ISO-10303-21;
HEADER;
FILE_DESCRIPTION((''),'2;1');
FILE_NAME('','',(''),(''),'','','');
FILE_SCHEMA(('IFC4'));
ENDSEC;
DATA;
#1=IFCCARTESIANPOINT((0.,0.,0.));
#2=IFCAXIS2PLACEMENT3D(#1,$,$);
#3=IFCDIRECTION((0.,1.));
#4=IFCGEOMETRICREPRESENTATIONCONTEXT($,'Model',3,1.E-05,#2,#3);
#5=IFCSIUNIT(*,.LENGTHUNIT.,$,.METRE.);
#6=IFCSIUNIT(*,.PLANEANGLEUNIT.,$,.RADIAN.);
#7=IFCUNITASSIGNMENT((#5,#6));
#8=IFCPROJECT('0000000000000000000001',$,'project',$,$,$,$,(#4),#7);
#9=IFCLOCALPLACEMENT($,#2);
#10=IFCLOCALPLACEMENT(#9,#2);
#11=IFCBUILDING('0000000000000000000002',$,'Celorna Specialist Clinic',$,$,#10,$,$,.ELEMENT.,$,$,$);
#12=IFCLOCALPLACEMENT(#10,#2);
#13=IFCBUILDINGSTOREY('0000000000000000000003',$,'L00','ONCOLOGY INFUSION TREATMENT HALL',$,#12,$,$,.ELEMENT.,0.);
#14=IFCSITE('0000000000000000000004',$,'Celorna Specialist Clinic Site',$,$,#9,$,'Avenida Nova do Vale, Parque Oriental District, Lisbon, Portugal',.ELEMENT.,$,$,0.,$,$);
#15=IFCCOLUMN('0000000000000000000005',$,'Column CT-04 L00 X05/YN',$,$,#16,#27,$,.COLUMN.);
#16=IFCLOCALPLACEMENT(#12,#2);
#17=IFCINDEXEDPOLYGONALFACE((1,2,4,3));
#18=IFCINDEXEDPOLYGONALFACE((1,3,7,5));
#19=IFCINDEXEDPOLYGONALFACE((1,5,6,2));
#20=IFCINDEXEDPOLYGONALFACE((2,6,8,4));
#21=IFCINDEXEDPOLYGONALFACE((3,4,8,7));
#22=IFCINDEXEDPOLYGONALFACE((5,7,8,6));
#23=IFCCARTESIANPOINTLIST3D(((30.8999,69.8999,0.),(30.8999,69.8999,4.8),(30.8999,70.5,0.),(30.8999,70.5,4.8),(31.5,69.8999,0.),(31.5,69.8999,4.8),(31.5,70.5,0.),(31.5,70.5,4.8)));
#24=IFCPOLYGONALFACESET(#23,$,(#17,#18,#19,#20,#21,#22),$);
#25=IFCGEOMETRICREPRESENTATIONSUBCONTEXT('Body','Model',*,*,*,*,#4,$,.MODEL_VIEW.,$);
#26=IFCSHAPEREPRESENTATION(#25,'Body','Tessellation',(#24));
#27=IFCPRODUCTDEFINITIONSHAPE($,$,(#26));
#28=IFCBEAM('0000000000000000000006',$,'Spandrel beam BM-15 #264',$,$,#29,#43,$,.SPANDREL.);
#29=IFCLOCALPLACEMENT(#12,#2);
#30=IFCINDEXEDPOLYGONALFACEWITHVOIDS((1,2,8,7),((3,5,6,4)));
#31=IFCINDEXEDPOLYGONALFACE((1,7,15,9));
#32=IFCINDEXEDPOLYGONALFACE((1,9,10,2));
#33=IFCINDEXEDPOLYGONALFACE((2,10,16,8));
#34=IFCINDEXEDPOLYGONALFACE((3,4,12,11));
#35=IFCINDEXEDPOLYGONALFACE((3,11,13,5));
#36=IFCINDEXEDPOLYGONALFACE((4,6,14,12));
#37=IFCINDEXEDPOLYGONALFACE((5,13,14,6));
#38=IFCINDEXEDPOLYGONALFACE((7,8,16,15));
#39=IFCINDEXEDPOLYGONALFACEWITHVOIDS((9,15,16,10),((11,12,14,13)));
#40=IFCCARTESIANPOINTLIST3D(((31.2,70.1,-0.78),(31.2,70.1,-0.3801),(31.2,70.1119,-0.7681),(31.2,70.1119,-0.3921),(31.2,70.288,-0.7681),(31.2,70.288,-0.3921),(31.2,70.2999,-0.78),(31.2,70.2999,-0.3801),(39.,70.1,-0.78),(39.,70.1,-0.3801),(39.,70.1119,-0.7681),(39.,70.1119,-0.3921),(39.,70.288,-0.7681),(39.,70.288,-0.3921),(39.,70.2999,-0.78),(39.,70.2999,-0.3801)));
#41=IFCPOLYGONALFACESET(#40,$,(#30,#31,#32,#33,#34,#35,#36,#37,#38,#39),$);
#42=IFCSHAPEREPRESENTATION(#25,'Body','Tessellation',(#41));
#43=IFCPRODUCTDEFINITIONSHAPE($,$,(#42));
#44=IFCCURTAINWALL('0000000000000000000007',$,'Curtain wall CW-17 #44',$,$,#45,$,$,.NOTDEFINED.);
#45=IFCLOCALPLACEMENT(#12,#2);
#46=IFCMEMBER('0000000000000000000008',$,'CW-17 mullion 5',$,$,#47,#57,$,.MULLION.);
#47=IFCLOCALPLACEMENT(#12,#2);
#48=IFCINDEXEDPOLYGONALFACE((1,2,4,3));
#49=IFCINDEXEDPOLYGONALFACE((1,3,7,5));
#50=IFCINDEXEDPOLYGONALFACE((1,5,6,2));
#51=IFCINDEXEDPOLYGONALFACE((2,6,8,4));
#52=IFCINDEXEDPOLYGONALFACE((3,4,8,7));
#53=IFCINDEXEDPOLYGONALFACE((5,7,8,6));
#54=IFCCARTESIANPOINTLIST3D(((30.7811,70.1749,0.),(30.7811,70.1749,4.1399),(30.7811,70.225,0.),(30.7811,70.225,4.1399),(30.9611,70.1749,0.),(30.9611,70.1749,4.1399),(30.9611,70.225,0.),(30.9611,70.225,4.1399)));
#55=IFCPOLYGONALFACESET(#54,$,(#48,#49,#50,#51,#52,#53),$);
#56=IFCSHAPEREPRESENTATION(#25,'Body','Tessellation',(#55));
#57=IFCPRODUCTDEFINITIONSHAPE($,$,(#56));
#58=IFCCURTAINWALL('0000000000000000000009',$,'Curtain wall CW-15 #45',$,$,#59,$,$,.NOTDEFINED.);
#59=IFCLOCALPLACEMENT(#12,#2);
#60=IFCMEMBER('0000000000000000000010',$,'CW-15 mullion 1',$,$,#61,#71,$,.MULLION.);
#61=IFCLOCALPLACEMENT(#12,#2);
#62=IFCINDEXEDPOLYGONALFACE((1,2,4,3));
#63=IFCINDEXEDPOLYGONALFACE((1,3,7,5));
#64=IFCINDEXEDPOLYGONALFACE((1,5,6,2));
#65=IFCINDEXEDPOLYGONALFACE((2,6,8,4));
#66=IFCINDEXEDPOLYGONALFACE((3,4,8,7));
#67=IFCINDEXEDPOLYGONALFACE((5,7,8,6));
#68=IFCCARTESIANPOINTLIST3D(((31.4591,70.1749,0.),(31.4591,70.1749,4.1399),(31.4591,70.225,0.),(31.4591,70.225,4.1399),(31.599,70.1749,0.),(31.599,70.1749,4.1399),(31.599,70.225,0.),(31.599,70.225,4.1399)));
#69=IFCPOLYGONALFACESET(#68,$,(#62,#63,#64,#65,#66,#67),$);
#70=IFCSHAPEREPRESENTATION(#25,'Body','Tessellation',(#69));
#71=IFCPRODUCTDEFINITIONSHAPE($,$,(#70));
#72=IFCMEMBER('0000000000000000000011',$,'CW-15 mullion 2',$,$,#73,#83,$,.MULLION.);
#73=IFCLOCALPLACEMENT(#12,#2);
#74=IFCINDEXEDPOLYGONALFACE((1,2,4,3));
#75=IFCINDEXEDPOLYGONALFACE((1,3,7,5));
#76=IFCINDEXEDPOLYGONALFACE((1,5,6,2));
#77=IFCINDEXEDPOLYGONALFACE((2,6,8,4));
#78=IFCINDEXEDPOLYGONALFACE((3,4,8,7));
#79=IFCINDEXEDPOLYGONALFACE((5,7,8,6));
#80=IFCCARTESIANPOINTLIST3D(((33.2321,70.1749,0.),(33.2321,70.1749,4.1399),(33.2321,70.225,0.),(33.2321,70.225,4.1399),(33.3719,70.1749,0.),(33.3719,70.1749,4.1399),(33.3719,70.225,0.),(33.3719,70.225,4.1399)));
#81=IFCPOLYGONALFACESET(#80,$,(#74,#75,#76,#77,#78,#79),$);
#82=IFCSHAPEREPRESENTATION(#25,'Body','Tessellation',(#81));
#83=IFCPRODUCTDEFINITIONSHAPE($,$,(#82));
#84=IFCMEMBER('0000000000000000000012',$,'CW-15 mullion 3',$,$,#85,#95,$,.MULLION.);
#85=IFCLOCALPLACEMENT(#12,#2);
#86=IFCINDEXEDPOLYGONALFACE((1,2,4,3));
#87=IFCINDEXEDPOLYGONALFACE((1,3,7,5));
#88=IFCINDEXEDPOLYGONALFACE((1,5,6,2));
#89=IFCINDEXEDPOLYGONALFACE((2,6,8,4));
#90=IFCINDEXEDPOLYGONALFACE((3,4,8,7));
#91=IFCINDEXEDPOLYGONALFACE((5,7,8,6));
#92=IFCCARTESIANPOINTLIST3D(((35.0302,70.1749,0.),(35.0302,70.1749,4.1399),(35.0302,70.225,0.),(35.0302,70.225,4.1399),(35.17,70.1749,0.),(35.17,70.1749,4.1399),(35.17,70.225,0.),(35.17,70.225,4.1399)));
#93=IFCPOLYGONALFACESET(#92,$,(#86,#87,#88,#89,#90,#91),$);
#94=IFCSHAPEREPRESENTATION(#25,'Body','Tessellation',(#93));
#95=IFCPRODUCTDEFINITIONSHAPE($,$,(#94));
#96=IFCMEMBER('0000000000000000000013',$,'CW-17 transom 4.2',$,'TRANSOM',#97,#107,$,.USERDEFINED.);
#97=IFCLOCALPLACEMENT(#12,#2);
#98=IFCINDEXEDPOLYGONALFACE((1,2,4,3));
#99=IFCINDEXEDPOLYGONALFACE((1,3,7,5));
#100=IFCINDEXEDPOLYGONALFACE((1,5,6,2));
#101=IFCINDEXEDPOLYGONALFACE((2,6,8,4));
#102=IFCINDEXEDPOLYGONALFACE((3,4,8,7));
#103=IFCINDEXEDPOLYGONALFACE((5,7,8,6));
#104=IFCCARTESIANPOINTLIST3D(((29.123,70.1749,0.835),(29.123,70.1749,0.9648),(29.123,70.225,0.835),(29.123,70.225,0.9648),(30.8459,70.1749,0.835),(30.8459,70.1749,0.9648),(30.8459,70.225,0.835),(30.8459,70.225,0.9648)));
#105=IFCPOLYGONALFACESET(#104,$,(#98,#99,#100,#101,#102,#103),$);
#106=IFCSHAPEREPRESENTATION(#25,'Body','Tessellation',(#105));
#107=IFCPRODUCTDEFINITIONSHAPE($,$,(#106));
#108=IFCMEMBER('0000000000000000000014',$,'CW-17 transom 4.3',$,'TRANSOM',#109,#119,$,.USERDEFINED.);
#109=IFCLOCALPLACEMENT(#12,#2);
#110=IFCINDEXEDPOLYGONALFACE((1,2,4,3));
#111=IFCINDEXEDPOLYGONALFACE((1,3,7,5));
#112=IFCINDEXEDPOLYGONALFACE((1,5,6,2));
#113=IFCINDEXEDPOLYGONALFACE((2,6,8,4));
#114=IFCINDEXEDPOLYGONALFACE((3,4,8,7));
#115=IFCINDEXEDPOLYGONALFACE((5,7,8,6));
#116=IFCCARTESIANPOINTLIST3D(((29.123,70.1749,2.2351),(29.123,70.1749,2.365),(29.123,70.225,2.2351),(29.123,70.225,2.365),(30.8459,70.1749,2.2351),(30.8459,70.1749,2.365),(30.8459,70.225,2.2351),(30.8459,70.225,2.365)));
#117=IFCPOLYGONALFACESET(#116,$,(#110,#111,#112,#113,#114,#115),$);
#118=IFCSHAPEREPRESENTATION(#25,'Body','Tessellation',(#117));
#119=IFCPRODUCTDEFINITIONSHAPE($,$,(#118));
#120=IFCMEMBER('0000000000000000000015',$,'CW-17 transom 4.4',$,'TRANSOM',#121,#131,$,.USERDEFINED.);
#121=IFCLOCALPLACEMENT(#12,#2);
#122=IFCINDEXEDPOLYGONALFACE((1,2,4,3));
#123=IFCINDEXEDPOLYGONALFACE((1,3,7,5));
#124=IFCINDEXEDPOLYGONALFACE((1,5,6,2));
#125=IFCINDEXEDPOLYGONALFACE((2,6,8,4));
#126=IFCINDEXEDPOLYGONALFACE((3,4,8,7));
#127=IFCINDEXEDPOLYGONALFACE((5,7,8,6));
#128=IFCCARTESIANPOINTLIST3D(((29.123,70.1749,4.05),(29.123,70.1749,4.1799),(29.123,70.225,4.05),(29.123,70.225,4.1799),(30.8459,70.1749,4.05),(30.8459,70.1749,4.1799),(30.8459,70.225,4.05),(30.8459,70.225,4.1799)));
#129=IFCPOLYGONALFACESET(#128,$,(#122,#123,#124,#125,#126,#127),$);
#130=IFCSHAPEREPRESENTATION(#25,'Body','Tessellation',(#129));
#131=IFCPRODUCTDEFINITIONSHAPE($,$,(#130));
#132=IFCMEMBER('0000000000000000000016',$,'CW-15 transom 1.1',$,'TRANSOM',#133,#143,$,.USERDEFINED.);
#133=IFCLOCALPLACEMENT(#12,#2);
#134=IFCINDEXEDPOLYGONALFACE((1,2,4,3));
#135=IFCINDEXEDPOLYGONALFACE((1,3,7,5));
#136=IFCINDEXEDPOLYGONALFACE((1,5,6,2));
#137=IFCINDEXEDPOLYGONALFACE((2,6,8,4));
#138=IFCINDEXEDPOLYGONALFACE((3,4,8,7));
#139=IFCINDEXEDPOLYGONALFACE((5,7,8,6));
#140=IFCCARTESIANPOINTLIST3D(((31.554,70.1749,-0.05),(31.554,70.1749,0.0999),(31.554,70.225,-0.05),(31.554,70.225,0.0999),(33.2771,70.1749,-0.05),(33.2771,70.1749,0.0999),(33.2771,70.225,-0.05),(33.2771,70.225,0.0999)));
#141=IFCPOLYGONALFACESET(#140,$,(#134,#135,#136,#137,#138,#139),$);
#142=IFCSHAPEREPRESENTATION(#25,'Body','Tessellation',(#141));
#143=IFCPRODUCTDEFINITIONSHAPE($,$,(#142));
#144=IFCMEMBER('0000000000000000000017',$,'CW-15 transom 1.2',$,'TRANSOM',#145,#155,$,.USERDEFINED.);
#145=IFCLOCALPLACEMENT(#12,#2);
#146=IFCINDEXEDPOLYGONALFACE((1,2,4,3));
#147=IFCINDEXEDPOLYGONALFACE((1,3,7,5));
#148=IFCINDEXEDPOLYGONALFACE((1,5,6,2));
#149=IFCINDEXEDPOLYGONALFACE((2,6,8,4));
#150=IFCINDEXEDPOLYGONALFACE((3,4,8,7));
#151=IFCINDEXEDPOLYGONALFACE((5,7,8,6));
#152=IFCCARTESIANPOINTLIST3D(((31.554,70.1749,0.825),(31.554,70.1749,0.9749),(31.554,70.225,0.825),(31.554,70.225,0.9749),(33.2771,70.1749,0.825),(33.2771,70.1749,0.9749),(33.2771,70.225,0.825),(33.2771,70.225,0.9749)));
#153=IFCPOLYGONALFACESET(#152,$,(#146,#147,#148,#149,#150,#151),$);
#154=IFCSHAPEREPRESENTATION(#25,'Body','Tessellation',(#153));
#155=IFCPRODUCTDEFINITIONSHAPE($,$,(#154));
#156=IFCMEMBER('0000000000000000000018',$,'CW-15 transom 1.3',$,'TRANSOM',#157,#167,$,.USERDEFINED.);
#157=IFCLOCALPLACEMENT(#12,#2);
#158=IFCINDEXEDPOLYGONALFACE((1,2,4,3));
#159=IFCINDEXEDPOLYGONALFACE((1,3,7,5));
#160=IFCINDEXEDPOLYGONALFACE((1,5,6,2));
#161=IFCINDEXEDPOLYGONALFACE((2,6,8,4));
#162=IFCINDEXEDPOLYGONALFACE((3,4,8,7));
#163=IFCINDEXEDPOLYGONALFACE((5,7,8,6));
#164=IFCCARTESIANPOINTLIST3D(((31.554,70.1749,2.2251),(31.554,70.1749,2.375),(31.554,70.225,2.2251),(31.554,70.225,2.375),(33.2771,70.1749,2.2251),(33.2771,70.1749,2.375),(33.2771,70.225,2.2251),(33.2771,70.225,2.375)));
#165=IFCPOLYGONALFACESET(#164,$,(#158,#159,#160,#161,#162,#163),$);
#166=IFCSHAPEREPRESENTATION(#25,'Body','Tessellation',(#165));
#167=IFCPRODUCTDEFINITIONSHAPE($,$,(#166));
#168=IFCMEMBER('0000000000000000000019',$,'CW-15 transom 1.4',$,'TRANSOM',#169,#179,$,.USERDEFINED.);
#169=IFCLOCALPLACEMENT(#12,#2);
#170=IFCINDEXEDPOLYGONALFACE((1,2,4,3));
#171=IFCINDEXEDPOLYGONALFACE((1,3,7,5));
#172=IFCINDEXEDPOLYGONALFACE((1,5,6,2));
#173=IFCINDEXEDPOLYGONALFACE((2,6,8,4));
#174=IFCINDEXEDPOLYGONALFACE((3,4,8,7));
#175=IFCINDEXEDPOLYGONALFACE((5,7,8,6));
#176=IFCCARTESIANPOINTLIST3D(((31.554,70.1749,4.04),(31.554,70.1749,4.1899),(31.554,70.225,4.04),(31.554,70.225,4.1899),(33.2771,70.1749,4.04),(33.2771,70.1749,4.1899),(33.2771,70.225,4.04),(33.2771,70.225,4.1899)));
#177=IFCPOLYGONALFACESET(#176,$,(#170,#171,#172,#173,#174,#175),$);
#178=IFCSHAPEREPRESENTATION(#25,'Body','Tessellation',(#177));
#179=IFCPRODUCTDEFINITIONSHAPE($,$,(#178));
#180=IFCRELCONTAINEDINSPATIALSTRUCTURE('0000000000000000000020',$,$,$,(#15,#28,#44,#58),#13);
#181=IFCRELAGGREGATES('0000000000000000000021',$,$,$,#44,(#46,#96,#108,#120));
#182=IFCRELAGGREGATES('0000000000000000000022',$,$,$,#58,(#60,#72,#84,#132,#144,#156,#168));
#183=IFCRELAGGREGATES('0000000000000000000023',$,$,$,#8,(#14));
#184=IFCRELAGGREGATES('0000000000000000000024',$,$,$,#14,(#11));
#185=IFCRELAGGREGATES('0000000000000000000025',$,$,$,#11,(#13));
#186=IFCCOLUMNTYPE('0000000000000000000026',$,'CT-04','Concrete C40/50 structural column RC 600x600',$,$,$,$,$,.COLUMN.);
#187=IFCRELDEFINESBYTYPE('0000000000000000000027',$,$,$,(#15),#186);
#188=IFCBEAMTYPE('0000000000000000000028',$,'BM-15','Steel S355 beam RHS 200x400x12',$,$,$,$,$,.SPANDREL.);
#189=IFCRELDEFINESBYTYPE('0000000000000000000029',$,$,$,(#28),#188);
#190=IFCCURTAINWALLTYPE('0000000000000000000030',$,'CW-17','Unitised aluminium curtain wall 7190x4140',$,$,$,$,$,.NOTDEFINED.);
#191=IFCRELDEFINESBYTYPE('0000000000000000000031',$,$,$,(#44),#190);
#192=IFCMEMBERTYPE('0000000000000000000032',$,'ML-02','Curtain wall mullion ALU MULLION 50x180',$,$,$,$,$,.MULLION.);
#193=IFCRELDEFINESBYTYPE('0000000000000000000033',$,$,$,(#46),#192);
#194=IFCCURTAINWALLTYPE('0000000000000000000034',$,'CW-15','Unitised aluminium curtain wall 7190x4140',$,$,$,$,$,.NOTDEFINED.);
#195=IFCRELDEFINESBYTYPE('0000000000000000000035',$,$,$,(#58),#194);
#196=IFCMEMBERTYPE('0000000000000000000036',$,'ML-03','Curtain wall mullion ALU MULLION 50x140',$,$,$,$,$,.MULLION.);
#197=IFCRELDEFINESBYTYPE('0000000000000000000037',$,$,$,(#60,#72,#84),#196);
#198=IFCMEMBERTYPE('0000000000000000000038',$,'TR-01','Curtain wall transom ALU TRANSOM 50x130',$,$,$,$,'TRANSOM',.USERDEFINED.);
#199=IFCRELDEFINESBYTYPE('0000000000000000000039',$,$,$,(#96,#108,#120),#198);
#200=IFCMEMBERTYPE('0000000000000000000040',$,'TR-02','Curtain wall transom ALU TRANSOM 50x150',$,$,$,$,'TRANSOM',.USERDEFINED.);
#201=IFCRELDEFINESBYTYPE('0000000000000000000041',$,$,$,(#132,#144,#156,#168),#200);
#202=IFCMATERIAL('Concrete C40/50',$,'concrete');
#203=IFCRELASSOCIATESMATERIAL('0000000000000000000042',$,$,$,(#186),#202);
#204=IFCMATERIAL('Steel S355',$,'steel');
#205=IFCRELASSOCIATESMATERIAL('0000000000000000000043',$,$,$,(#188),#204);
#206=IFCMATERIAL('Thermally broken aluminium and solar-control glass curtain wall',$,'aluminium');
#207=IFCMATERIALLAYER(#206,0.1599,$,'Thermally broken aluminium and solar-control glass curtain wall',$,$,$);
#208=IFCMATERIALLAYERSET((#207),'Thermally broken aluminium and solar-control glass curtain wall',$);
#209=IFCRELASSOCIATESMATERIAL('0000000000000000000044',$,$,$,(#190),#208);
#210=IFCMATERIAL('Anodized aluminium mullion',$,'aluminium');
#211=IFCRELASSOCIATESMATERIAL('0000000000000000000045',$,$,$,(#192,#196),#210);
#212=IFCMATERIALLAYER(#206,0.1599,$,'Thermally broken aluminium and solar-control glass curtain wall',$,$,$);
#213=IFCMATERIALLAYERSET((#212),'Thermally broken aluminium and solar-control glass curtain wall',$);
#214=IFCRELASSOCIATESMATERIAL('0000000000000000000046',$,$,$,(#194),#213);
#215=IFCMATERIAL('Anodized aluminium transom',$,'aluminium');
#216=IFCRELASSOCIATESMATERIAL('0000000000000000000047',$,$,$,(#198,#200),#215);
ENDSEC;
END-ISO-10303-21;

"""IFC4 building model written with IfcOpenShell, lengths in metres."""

from ifc_helpers import new_model, si_unit, direction, frame, origin, origin_2d, place, context, subcontext, project, spatial, rectangle, hollow_rectangle, extrude, material, layer, layer_set, material_profile, profile_set, type_object, element, aggregate, save


model = new_model("IFC4")

# Units and contexts
model_context = context("Model", 3, precision=1e-05, world=origin(), true_north=direction((0.0, 1.0)))
body_context = subcontext(model_context, "Body", "Model", "MODEL_VIEW")
ifc_project = project(units=[si_unit("LENGTHUNIT", "METRE"), si_unit("PLANEANGLEUNIT", "RADIAN")], contexts=[model_context])

# Site, building, storey
site_placement = place(None, origin())
site = spatial("IfcSite", under=ifc_project, at=site_placement, Name="Celorna Specialist Clinic Site", LongName="Avenida Nova do Vale, Parque Oriental District, Lisbon, Portugal", CompositionType="ELEMENT", RefElevation=0.0)
building_placement = place(site_placement, origin())
building = spatial("IfcBuilding", under=site, at=building_placement, Name="Celorna Specialist Clinic", CompositionType="ELEMENT")
storey_placement = place(building_placement, origin())
storey = spatial("IfcBuildingStorey", under=building, at=storey_placement, Name="L00", Description="ONCOLOGY INFUSION TREATMENT HALL", CompositionType="ELEMENT", Elevation=0.0)

# Column
ifc_material_1 = material(Name="Concrete C40/50", Category="concrete")
ifc_material_profile_1 = material_profile(ifc_material_1, rectangle(XDim=0.6001, YDim=0.6001, at=origin_2d()), Name="RC 600x600")
ifc_profile_set_1 = profile_set([ifc_material_profile_1], Name="Concrete C40/50")
column_type = type_object("IfcColumnType", Name="CT-04", Description="Concrete C40/50 structural column RC 600x600", PredefinedType="COLUMN", material=ifc_profile_set_1)
column_placement = place(storey_placement, frame((31.2, 70.2, 0.0), z_axis=(0.0, 0.0, 1.0), x_axis=(1.0, 0.0, 0.0)))
element("IfcColumn", 1, at=column_placement, inside=storey, type_object=column_type, Name="Column CT-04 L00 X05/YN", PredefinedType="COLUMN", context=body_context, shape_type="SweptSolid", body=[
    extrude(rectangle(XDim=0.6001, YDim=0.6001, at=origin_2d()), origin(), (0.0, 0.0, 1.0), 4.8),
])

# Beam
ifc_material_2 = material(Name="Steel S355", Category="steel")
ifc_material_profile_2 = material_profile(ifc_material_2, hollow_rectangle(XDim=0.2, YDim=0.3999, WallThickness=0.012, at=origin_2d()), Name="RHS 200x400x12")
ifc_profile_set_2 = profile_set([ifc_material_profile_2], Name="Steel S355")
beam_type = type_object("IfcBeamType", Name="BM-15", Description="Steel S355 beam RHS 200x400x12", PredefinedType="SPANDREL", material=ifc_profile_set_2)
beam_placement = place(storey_placement, frame((31.2, 70.2, -0.5801), z_axis=(1.0, 0.0, 0.0), x_axis=(0.0, 1.0, 0.0)))
element("IfcBeam", 2, at=beam_placement, inside=storey, type_object=beam_type, Name="Spandrel beam BM-15 #264", PredefinedType="SPANDREL", context=body_context, shape_type="SweptSolid", body=[
    extrude(hollow_rectangle(XDim=0.2, YDim=0.3999, WallThickness=0.012, at=origin_2d()), origin(), (0.0, 0.0, 1.0), 7.8),
])

# Curtain wall, member
ifc_material_3 = material(Name="Thermally broken aluminium and solar-control glass curtain wall", Category="aluminium")
ifc_layer_1 = layer(ifc_material_3, 0.1599, Name="Thermally broken aluminium and solar-control glass curtain wall")
ifc_layer_set_1 = layer_set([ifc_layer_1], Name="Thermally broken aluminium and solar-control glass curtain wall")
curtain_wall_type_1 = type_object("IfcCurtainWallType", Name="CW-17", Description="Unitised aluminium curtain wall 7190x4140", PredefinedType="NOTDEFINED", material=ifc_layer_set_1)
curtain_wall_1_placement = place(storey_placement, origin())
curtain_wall_1 = element("IfcCurtainWall", 3, at=curtain_wall_1_placement, inside=storey, type_object=curtain_wall_type_1, Name="Curtain wall CW-17 #44", PredefinedType="NOTDEFINED")
ifc_material_4 = material(Name="Anodized aluminium mullion", Category="aluminium")
ifc_material_profile_3 = material_profile(ifc_material_4, rectangle(XDim=0.05, YDim=0.1799, at=origin_2d()), Name="ALU MULLION 50x180")
ifc_profile_set_3 = profile_set([ifc_material_profile_3], Name="Anodized aluminium mullion")
member_type_1 = type_object("IfcMemberType", Name="ML-02", Description="Curtain wall mullion ALU MULLION 50x180", PredefinedType="MULLION", material=ifc_profile_set_3)
member_1_placement = place(storey_placement, frame((30.8711, 70.2, 0.0), z_axis=(0.0, 0.0, 1.0), x_axis=(0.0, 1.0, 0.0)))
member_1 = element("IfcMember", 4, at=member_1_placement, type_object=member_type_1, Name="CW-17 mullion 5", PredefinedType="MULLION", context=body_context, shape_type="SweptSolid", body=[
    extrude(rectangle(XDim=0.05, YDim=0.1799, at=origin_2d()), origin(), (0.0, 0.0, 1.0), 4.1399),
])

# Curtain wall, members
ifc_layer_2 = layer(ifc_material_3, 0.1599, Name="Thermally broken aluminium and solar-control glass curtain wall")
ifc_layer_set_2 = layer_set([ifc_layer_2], Name="Thermally broken aluminium and solar-control glass curtain wall")
curtain_wall_type_2 = type_object("IfcCurtainWallType", Name="CW-15", Description="Unitised aluminium curtain wall 7190x4140", PredefinedType="NOTDEFINED", material=ifc_layer_set_2)
curtain_wall_2_placement = place(storey_placement, origin())
curtain_wall_2 = element("IfcCurtainWall", 5, at=curtain_wall_2_placement, inside=storey, type_object=curtain_wall_type_2, Name="Curtain wall CW-15 #45", PredefinedType="NOTDEFINED")
ifc_material_profile_4 = material_profile(ifc_material_4, rectangle(XDim=0.05, YDim=0.1399, at=origin_2d()), Name="ALU MULLION 50x140")
ifc_profile_set_4 = profile_set([ifc_material_profile_4], Name="Anodized aluminium mullion")
member_type_2 = type_object("IfcMemberType", Name="ML-03", Description="Curtain wall mullion ALU MULLION 50x140", PredefinedType="MULLION", material=ifc_profile_set_4)
member_2_placement = place(storey_placement, frame((31.5291, 70.2, 0.0), z_axis=(0.0, 0.0, 1.0), x_axis=(0.0, 1.0, 0.0)))
member_2 = element("IfcMember", 6, at=member_2_placement, type_object=member_type_2, Name="CW-15 mullion 1", PredefinedType="MULLION", context=body_context, shape_type="SweptSolid", body=[
    extrude(rectangle(XDim=0.05, YDim=0.1399, at=origin_2d()), origin(), (0.0, 0.0, 1.0), 4.1399),
])
member_3_placement = place(storey_placement, frame((33.302, 70.2, 0.0), z_axis=(0.0, 0.0, 1.0), x_axis=(0.0, 1.0, 0.0)))
member_3 = element("IfcMember", 7, at=member_3_placement, type_object=member_type_2, Name="CW-15 mullion 2", PredefinedType="MULLION", context=body_context, shape_type="SweptSolid", body=[
    extrude(rectangle(XDim=0.05, YDim=0.1399, at=origin_2d()), origin(), (0.0, 0.0, 1.0), 4.1399),
])
member_4_placement = place(storey_placement, frame((35.1001, 70.2, 0.0), z_axis=(0.0, 0.0, 1.0), x_axis=(0.0, 1.0, 0.0)))
member_4 = element("IfcMember", 8, at=member_4_placement, type_object=member_type_2, Name="CW-15 mullion 3", PredefinedType="MULLION", context=body_context, shape_type="SweptSolid", body=[
    extrude(rectangle(XDim=0.05, YDim=0.1399, at=origin_2d()), origin(), (0.0, 0.0, 1.0), 4.1399),
])

# Members
ifc_material_5 = material(Name="Anodized aluminium transom", Category="aluminium")
ifc_material_profile_5 = material_profile(ifc_material_5, rectangle(XDim=0.05, YDim=0.1299, at=origin_2d()), Name="ALU TRANSOM 50x130")
ifc_profile_set_5 = profile_set([ifc_material_profile_5], Name="Anodized aluminium transom")
member_type_3 = type_object("IfcMemberType", Name="TR-01", Description="Curtain wall transom ALU TRANSOM 50x130", ElementType="TRANSOM", PredefinedType="USERDEFINED", material=ifc_profile_set_5)
member_5_placement = place(storey_placement, frame((29.123, 70.2, 0.8999), z_axis=(1.0, 0.0, 0.0), x_axis=(0.0, 1.0, 0.0)))
member_5 = element("IfcMember", 9, at=member_5_placement, type_object=member_type_3, Name="CW-17 transom 4.2", ObjectType="TRANSOM", PredefinedType="USERDEFINED", context=body_context, shape_type="SweptSolid", body=[
    extrude(rectangle(XDim=0.05, YDim=0.1299, at=origin_2d()), origin(), (0.0, 0.0, 1.0), 1.7229),
])
member_6_placement = place(storey_placement, frame((29.123, 70.2, 2.3), z_axis=(1.0, 0.0, 0.0), x_axis=(0.0, 1.0, 0.0)))
member_6 = element("IfcMember", 10, at=member_6_placement, type_object=member_type_3, Name="CW-17 transom 4.3", ObjectType="TRANSOM", PredefinedType="USERDEFINED", context=body_context, shape_type="SweptSolid", body=[
    extrude(rectangle(XDim=0.05, YDim=0.1299, at=origin_2d()), origin(), (0.0, 0.0, 1.0), 1.7229),
])
member_7_placement = place(storey_placement, frame((29.123, 70.2, 4.115), z_axis=(1.0, 0.0, 0.0), x_axis=(0.0, 1.0, 0.0)))
member_7 = element("IfcMember", 11, at=member_7_placement, type_object=member_type_3, Name="CW-17 transom 4.4", ObjectType="TRANSOM", PredefinedType="USERDEFINED", context=body_context, shape_type="SweptSolid", body=[
    extrude(rectangle(XDim=0.05, YDim=0.1299, at=origin_2d()), origin(), (0.0, 0.0, 1.0), 1.7229),
])
ifc_material_profile_6 = material_profile(ifc_material_5, rectangle(XDim=0.05, YDim=0.1499, at=origin_2d()), Name="ALU TRANSOM 50x150")
ifc_profile_set_6 = profile_set([ifc_material_profile_6], Name="Anodized aluminium transom")
member_type_4 = type_object("IfcMemberType", Name="TR-02", Description="Curtain wall transom ALU TRANSOM 50x150", ElementType="TRANSOM", PredefinedType="USERDEFINED", material=ifc_profile_set_6)
member_8_placement = place(storey_placement, frame((31.554, 70.2, 0.0249), z_axis=(1.0, 0.0, 0.0), x_axis=(0.0, 1.0, 0.0)))
member_8 = element("IfcMember", 12, at=member_8_placement, type_object=member_type_4, Name="CW-15 transom 1.1", ObjectType="TRANSOM", PredefinedType="USERDEFINED", context=body_context, shape_type="SweptSolid", body=[
    extrude(rectangle(XDim=0.05, YDim=0.1499, at=origin_2d()), origin(), (0.0, 0.0, 1.0), 1.7231),
])
member_9_placement = place(storey_placement, frame((31.554, 70.2, 0.8999), z_axis=(1.0, 0.0, 0.0), x_axis=(0.0, 1.0, 0.0)))
member_9 = element("IfcMember", 13, at=member_9_placement, type_object=member_type_4, Name="CW-15 transom 1.2", ObjectType="TRANSOM", PredefinedType="USERDEFINED", context=body_context, shape_type="SweptSolid", body=[
    extrude(rectangle(XDim=0.05, YDim=0.1499, at=origin_2d()), origin(), (0.0, 0.0, 1.0), 1.7231),
])
member_10_placement = place(storey_placement, frame((31.554, 70.2, 2.3), z_axis=(1.0, 0.0, 0.0), x_axis=(0.0, 1.0, 0.0)))
member_10 = element("IfcMember", 14, at=member_10_placement, type_object=member_type_4, Name="CW-15 transom 1.3", ObjectType="TRANSOM", PredefinedType="USERDEFINED", context=body_context, shape_type="SweptSolid", body=[
    extrude(rectangle(XDim=0.05, YDim=0.1499, at=origin_2d()), origin(), (0.0, 0.0, 1.0), 1.7231),
])
member_11_placement = place(storey_placement, frame((31.554, 70.2, 4.115), z_axis=(1.0, 0.0, 0.0), x_axis=(0.0, 1.0, 0.0)))
member_11 = element("IfcMember", 15, at=member_11_placement, type_object=member_type_4, Name="CW-15 transom 1.4", ObjectType="TRANSOM", PredefinedType="USERDEFINED", context=body_context, shape_type="SweptSolid", body=[
    extrude(rectangle(XDim=0.05, YDim=0.1499, at=origin_2d()), origin(), (0.0, 0.0, 1.0), 1.7231),
])

aggregate(curtain_wall_1, [member_1, member_5, member_6, member_7])
aggregate(curtain_wall_2, [member_2, member_3, member_4, member_8, member_9, member_10, member_11])

save(model, "model.ifc")
